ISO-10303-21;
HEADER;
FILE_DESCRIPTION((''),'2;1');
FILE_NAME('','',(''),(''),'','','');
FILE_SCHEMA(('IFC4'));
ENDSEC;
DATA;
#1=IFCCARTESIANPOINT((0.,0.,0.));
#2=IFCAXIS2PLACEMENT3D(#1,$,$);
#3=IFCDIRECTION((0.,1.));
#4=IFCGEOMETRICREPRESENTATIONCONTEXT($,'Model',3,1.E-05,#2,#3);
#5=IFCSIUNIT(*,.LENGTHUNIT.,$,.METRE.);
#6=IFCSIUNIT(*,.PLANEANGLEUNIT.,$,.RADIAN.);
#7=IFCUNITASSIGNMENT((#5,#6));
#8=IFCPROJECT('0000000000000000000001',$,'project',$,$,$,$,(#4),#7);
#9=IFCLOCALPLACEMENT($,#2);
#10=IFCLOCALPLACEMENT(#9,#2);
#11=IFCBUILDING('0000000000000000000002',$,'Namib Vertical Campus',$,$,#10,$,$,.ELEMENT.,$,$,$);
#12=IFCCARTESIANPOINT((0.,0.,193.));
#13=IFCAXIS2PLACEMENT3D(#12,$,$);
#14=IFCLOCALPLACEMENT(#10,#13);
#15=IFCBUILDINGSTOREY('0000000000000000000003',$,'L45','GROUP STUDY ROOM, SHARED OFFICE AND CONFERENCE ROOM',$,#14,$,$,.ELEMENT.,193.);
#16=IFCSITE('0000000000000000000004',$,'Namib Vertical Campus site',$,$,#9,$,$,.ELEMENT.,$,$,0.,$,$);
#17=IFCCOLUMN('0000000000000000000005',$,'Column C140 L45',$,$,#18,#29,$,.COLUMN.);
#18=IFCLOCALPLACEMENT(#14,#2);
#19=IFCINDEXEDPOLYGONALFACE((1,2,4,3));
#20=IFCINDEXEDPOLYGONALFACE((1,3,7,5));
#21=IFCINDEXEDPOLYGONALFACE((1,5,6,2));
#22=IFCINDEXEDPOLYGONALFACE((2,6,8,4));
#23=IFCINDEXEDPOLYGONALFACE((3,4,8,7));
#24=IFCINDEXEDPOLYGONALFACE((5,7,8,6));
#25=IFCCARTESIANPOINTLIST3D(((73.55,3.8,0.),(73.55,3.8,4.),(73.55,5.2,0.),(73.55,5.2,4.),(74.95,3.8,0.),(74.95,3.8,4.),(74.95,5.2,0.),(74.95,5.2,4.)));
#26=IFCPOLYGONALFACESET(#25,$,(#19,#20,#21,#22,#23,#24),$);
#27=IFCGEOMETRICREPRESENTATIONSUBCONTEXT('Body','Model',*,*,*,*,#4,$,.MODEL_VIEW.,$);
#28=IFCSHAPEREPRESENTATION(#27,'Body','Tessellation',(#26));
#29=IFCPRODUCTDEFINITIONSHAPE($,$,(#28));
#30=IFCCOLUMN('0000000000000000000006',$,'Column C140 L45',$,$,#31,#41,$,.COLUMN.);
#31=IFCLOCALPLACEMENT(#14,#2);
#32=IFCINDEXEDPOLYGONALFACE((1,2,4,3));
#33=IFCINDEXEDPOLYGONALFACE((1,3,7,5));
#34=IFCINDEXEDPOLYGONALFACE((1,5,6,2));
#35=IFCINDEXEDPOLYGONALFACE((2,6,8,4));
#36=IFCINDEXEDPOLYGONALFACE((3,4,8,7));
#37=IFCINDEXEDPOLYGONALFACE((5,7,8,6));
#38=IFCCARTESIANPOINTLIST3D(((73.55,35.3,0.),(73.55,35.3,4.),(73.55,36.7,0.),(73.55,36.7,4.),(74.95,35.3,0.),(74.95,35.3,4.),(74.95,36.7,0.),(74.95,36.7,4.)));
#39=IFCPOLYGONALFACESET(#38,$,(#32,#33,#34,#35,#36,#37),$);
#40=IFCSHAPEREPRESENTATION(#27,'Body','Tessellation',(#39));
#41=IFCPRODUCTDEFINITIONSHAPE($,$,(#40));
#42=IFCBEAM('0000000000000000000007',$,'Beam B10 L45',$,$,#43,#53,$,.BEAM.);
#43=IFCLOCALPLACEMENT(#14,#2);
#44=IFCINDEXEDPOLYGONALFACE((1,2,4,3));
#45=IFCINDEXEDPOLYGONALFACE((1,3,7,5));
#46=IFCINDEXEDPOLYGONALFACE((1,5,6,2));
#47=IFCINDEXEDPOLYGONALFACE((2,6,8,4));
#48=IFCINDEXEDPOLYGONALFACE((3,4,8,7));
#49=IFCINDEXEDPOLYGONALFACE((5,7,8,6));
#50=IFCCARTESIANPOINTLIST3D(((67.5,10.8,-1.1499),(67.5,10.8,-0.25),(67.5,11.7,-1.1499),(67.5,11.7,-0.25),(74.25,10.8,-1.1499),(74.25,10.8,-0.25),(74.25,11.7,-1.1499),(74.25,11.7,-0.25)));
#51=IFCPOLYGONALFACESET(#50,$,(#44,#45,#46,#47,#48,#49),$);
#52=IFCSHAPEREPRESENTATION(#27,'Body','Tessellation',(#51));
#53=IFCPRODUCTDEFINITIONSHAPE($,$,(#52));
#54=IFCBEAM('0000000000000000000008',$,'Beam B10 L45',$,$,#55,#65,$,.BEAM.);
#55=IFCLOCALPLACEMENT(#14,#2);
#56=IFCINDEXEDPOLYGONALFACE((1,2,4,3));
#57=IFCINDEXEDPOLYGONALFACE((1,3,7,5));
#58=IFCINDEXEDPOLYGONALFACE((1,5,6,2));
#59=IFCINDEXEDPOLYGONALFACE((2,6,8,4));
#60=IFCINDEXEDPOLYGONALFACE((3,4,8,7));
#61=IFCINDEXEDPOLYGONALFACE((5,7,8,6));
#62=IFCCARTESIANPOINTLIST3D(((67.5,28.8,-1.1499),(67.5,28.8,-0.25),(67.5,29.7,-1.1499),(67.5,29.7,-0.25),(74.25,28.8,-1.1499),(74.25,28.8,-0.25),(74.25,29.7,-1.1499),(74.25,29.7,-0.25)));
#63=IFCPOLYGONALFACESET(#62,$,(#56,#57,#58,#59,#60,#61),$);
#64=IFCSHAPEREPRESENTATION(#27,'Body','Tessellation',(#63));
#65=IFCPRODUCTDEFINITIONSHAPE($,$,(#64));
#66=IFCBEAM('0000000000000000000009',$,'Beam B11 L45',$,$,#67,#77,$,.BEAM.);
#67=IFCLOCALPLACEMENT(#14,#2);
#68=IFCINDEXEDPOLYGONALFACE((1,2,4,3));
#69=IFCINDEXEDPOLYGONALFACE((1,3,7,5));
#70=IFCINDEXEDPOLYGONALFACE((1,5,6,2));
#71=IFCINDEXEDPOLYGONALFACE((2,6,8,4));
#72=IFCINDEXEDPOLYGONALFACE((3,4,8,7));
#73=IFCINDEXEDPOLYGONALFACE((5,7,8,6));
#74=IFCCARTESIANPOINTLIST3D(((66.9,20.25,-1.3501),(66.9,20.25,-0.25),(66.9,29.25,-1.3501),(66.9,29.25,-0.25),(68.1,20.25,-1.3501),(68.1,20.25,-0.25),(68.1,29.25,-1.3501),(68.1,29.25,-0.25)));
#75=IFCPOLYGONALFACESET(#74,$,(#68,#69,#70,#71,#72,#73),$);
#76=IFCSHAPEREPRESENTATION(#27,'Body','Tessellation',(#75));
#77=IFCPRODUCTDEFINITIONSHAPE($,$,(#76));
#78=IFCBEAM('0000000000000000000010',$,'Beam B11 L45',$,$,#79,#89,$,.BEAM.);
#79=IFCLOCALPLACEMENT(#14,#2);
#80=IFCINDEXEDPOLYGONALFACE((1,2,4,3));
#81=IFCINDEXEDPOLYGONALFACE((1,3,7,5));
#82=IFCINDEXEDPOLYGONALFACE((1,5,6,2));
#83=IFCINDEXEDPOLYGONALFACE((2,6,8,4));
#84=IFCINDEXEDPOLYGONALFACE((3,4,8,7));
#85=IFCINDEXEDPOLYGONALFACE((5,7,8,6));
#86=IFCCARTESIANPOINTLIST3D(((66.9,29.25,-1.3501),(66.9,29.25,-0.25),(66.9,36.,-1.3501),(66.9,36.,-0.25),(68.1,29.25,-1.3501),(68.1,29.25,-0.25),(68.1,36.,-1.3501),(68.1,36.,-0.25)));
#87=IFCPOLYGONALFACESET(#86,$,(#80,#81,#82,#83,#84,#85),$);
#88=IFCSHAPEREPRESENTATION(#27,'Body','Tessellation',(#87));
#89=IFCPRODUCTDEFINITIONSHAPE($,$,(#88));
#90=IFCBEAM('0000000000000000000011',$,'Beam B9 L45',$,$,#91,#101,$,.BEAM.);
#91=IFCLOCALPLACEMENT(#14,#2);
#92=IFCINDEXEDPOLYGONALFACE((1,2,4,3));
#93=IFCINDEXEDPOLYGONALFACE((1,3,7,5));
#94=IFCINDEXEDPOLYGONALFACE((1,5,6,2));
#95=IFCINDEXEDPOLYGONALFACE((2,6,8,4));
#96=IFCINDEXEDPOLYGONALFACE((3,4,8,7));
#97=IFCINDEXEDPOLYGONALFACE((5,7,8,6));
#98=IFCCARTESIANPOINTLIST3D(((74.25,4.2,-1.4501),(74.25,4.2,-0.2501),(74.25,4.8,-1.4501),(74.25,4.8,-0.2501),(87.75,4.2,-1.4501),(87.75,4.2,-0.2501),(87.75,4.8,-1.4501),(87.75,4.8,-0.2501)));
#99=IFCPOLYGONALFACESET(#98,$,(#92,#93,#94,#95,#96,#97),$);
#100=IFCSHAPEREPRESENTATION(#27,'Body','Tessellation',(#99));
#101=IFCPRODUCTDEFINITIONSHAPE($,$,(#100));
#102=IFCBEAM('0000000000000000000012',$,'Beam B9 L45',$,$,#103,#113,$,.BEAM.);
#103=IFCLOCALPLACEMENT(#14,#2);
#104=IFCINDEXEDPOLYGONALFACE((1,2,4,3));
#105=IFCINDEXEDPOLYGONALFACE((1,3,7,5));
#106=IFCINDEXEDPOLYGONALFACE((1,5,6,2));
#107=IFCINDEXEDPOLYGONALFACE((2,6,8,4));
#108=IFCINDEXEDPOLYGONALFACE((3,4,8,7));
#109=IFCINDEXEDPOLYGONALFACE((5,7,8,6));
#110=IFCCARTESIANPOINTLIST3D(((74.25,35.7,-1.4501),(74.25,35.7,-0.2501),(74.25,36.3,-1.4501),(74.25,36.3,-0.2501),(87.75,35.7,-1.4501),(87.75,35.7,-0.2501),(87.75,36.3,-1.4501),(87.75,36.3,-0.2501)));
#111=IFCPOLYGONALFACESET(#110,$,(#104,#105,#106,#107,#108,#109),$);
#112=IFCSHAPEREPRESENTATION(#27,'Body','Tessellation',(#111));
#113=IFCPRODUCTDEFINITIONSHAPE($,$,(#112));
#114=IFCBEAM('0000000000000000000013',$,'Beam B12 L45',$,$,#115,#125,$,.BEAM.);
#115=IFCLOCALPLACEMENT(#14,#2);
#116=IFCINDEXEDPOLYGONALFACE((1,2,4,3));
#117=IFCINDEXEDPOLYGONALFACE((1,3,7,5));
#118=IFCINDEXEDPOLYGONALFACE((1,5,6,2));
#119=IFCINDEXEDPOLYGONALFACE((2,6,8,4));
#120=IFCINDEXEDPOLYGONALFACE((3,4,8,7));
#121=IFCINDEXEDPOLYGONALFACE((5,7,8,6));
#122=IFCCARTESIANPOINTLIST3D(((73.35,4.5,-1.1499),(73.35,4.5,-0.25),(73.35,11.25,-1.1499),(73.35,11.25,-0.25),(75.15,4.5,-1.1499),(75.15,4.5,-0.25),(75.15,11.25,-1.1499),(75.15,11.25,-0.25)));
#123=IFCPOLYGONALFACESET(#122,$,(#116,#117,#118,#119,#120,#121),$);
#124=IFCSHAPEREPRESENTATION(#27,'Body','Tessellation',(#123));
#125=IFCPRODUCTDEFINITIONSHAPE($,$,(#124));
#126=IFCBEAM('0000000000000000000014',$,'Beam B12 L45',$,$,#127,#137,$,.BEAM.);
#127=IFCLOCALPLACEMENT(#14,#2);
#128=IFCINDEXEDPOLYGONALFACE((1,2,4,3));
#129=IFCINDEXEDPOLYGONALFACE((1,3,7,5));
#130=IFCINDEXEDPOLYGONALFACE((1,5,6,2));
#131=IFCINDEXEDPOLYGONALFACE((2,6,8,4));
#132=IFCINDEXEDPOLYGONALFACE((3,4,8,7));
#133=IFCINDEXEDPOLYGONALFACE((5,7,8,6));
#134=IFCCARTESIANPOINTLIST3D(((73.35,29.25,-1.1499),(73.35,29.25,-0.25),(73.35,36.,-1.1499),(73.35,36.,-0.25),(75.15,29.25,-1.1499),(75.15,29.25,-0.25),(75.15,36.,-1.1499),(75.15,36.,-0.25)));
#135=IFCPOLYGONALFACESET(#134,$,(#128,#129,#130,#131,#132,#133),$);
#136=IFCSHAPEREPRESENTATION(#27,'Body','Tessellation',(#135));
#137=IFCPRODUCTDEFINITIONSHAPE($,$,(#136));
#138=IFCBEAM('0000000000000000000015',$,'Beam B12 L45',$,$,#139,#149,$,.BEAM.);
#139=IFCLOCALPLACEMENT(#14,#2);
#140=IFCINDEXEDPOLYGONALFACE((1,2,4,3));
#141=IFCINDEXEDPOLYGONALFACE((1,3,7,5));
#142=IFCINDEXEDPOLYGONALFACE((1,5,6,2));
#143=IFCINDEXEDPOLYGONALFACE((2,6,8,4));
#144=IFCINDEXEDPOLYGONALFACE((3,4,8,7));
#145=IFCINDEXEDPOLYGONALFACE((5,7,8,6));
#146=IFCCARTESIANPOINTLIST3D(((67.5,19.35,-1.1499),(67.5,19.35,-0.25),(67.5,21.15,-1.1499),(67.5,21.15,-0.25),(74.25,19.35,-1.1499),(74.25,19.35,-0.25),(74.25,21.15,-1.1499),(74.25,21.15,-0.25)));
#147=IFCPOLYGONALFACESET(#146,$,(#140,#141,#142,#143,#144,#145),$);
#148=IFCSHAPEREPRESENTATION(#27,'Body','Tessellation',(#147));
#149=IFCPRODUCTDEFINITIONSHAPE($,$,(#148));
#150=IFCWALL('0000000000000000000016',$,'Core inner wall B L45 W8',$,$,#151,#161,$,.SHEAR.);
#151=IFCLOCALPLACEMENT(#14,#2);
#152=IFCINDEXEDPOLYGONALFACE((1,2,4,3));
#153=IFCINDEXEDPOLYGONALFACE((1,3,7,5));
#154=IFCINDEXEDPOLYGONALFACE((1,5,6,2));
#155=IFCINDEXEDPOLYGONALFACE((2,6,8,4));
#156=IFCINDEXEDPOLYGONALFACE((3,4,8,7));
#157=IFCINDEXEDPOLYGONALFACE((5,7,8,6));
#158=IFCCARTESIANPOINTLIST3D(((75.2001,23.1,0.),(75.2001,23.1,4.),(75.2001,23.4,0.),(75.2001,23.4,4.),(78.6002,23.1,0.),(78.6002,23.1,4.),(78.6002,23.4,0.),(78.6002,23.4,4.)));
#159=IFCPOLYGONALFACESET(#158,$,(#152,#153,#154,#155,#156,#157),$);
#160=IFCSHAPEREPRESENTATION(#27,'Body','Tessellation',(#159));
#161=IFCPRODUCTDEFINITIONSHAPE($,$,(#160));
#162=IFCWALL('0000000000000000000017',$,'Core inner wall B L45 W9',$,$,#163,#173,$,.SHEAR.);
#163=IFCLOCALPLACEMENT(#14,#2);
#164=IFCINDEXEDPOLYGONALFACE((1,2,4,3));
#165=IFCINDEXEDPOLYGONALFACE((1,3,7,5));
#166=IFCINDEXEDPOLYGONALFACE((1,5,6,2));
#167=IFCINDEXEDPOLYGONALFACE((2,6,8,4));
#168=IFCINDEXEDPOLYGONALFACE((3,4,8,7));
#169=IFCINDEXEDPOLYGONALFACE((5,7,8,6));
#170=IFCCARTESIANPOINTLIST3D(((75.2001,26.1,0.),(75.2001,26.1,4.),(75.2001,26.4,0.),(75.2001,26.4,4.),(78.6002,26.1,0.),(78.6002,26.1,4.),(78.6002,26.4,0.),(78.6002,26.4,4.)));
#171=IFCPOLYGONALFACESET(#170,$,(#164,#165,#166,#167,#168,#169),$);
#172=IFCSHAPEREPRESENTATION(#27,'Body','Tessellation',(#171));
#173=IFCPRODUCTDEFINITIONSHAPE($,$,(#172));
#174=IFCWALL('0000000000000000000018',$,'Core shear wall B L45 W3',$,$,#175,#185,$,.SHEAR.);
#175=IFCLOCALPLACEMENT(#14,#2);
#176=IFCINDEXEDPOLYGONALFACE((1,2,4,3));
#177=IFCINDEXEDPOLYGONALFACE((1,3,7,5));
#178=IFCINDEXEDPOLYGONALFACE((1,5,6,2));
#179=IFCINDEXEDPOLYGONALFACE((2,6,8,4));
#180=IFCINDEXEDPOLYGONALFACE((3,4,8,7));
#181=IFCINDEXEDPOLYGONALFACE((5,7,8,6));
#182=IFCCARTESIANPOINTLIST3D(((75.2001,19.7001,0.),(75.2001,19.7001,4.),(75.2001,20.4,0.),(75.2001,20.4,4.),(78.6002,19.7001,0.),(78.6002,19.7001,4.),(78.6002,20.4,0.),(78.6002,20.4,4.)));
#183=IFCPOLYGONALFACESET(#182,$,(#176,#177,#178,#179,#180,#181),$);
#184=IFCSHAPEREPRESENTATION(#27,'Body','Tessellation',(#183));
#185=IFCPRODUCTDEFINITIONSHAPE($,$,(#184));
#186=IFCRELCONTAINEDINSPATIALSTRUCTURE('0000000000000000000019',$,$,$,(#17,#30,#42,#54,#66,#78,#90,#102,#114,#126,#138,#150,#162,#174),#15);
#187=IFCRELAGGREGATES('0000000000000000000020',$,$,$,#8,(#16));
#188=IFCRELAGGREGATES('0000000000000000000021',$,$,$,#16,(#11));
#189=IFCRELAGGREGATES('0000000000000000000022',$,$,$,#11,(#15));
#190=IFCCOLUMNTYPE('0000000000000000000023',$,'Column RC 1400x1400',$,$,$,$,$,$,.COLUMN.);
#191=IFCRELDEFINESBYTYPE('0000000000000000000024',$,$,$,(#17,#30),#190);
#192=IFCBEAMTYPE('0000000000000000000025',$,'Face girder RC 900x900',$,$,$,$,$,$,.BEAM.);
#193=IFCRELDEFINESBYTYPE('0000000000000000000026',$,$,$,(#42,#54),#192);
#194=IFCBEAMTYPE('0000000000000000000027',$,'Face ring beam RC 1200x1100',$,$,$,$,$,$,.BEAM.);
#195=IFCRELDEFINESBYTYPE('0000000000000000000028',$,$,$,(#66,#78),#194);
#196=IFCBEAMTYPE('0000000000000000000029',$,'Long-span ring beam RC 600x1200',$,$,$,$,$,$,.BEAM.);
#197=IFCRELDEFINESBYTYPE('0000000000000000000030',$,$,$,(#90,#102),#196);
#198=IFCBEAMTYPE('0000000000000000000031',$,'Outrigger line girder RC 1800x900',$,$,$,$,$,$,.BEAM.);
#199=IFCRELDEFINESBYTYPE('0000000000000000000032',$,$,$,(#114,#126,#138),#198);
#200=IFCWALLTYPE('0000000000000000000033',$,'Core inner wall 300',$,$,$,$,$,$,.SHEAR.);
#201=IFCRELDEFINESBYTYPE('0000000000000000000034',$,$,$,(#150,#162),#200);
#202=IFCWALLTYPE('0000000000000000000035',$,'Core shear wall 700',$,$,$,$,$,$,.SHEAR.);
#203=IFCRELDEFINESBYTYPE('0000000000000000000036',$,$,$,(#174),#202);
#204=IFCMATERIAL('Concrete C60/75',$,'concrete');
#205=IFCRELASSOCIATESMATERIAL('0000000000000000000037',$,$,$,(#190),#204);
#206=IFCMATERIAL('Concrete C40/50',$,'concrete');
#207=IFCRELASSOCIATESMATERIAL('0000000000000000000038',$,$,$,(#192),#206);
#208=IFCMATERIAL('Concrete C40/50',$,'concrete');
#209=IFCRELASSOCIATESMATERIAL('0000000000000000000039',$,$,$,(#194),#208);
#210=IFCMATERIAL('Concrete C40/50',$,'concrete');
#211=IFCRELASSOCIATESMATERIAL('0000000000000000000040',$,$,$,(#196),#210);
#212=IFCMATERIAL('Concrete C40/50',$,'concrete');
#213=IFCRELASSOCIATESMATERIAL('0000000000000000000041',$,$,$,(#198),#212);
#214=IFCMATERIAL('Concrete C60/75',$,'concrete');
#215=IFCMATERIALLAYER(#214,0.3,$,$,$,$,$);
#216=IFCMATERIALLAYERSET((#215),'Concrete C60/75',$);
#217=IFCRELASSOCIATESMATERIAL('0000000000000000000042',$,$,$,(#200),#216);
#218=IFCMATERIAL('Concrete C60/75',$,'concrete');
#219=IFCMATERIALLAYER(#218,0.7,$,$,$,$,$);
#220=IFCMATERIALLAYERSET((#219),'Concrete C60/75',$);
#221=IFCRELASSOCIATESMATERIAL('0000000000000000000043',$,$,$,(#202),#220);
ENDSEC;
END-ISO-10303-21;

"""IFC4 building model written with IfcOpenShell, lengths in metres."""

from ifc_helpers import new_model, si_unit, direction, frame, frame_2d, origin, origin_2d, place, context, subcontext, project, spatial, rectangle, extrude, material, layer, layer_set, material_profile, profile_set, type_object, element, save


model = new_model("IFC4")

# Units and contexts
model_context = context("Model", 3, precision=1e-05, world=origin(), true_north=direction((0.0, 1.0)))
body_context = subcontext(model_context, "Body", "Model", "MODEL_VIEW")
ifc_project = project(units=[si_unit("LENGTHUNIT", "METRE"), si_unit("PLANEANGLEUNIT", "RADIAN")], contexts=[model_context])

# Site, building, storey
site_placement = place(None, origin())
site = spatial("IfcSite", under=ifc_project, at=site_placement, Name="Namib Vertical Campus site", CompositionType="ELEMENT", RefElevation=0.0)
building_placement = place(site_placement, origin())
building = spatial("IfcBuilding", under=site, at=building_placement, Name="Namib Vertical Campus", CompositionType="ELEMENT")
storey_placement = place(building_placement, frame((0.0, 0.0, 193.0)))
storey = spatial("IfcBuildingStorey", under=building, at=storey_placement, Name="L45", Description="GROUP STUDY ROOM, SHARED OFFICE AND CONFERENCE ROOM", CompositionType="ELEMENT", Elevation=193.0)

# Columns
ifc_material_1 = material(Name="Concrete C60/75", Category="concrete")
ifc_material_profile_1 = material_profile(ifc_material_1, rectangle(XDim=1.3999, YDim=1.3999, at=origin_2d()))
ifc_profile_set_1 = profile_set([ifc_material_profile_1], Name="Concrete C60/75")
column_type = type_object("IfcColumnType", Name="Column RC 1400x1400", PredefinedType="COLUMN", material=ifc_profile_set_1)
for number, where, z_axis, x_axis, name in (
    (1, (74.25, 4.5, 0.0), (0.0, 0.0, 1.0), (1.0, 0.0, 0.0), "Column C140 L45"),
    (2, (74.25, 36.0, 0.0), (0.0, 0.0, 1.0), (1.0, 0.0, 0.0), "Column C140 L45"),
):
    element("IfcColumn", number, at=place(storey_placement, frame(where, z_axis=z_axis, x_axis=x_axis)), inside=storey, type_object=column_type, Name=name, PredefinedType="COLUMN", context=body_context, shape_type="SweptSolid", body=[
        extrude(rectangle(XDim=1.3999, YDim=1.3999, at=origin_2d()), origin(), (0.0, 0.0, 1.0), 4.0),
    ])

# Beams
ifc_material_2 = material(Name="Concrete C40/50", Category="concrete")
ifc_material_profile_2 = material_profile(ifc_material_2, rectangle(XDim=0.8999, YDim=0.8999, at=origin_2d()))
ifc_profile_set_2 = profile_set([ifc_material_profile_2], Name="Concrete C40/50")
beam_type_1 = type_object("IfcBeamType", Name="Face girder RC 900x900", PredefinedType="BEAM", material=ifc_profile_set_2)
for number, where, z_axis, x_axis, name in (
    (3, (67.5, 11.25, -0.7), (1.0, 0.0, 0.0), (0.0, 1.0, 0.0), "Beam B10 L45"),
    (4, (67.5, 29.25, -0.7), (1.0, 0.0, 0.0), (0.0, 1.0, 0.0), "Beam B10 L45"),
):
    element("IfcBeam", number, at=place(storey_placement, frame(where, z_axis=z_axis, x_axis=x_axis)), inside=storey, type_object=beam_type_1, Name=name, PredefinedType="BEAM", context=body_context, shape_type="SweptSolid", body=[
        extrude(rectangle(XDim=0.8999, YDim=0.8999, at=origin_2d()), origin(), (0.0, 0.0, 1.0), 6.75),
    ])
ifc_material_3 = material(Name="Concrete C40/50", Category="concrete")
ifc_material_profile_3 = material_profile(ifc_material_3, rectangle(XDim=1.2, YDim=1.1001, at=origin_2d()))
ifc_profile_set_3 = profile_set([ifc_material_profile_3], Name="Concrete C40/50")
beam_type_2 = type_object("IfcBeamType", Name="Face ring beam RC 1200x1100", PredefinedType="BEAM", material=ifc_profile_set_3)
beam_1_placement = place(storey_placement, frame((67.5, 20.25, -0.8), z_axis=(0.0, 1.0, 0.0), x_axis=(-1.0, 0.0, 0.0)))
element("IfcBeam", 5, at=beam_1_placement, inside=storey, type_object=beam_type_2, Name="Beam B11 L45", PredefinedType="BEAM", context=body_context, shape_type="SweptSolid", body=[
    extrude(rectangle(XDim=1.2, YDim=1.1001, at=origin_2d()), origin(), (0.0, 0.0, 1.0), 9.0),
])
beam_2_placement = place(storey_placement, frame((67.5, 29.25, -0.8), z_axis=(0.0, 1.0, 0.0), x_axis=(-1.0, 0.0, 0.0)))
element("IfcBeam", 6, at=beam_2_placement, inside=storey, type_object=beam_type_2, Name="Beam B11 L45", PredefinedType="BEAM", context=body_context, shape_type="SweptSolid", body=[
    extrude(rectangle(XDim=1.2, YDim=1.1001, at=origin_2d()), origin(), (0.0, 0.0, 1.0), 6.75),
])
ifc_material_4 = material(Name="Concrete C40/50", Category="concrete")
ifc_material_profile_4 = material_profile(ifc_material_4, rectangle(XDim=0.6001, YDim=1.2, at=origin_2d()))
ifc_profile_set_4 = profile_set([ifc_material_profile_4], Name="Concrete C40/50")
beam_type_3 = type_object("IfcBeamType", Name="Long-span ring beam RC 600x1200", PredefinedType="BEAM", material=ifc_profile_set_4)
for number, where, z_axis, x_axis, name in (
    (7, (74.25, 4.5, -0.8501), (1.0, 0.0, 0.0), (0.0, 1.0, 0.0), "Beam B9 L45"),
    (8, (74.25, 36.0, -0.8501), (1.0, 0.0, 0.0), (0.0, 1.0, 0.0), "Beam B9 L45"),
):
    element("IfcBeam", number, at=place(storey_placement, frame(where, z_axis=z_axis, x_axis=x_axis)), inside=storey, type_object=beam_type_3, Name=name, PredefinedType="BEAM", context=body_context, shape_type="SweptSolid", body=[
        extrude(rectangle(XDim=0.6001, YDim=1.2, at=origin_2d()), origin(), (0.0, 0.0, 1.0), 13.5),
    ])
ifc_material_5 = material(Name="Concrete C40/50", Category="concrete")
ifc_material_profile_5 = material_profile(ifc_material_5, rectangle(XDim=1.8, YDim=0.8999, at=origin_2d()))
ifc_profile_set_5 = profile_set([ifc_material_profile_5], Name="Concrete C40/50")
beam_type_4 = type_object("IfcBeamType", Name="Outrigger line girder RC 1800x900", PredefinedType="BEAM", material=ifc_profile_set_5)
for number, where, z_axis, x_axis, name in (
    (9, (74.25, 4.5, -0.7), (0.0, 1.0, 0.0), (-1.0, 0.0, 0.0), "Beam B12 L45"),
    (10, (74.25, 36.0, -0.7), (0.0, -1.0, 0.0), (1.0, 0.0, 0.0), "Beam B12 L45"),
    (11, (67.5, 20.25, -0.7), (1.0, 0.0, 0.0), (0.0, 1.0, 0.0), "Beam B12 L45"),
):
    element("IfcBeam", number, at=place(storey_placement, frame(where, z_axis=z_axis, x_axis=x_axis)), inside=storey, type_object=beam_type_4, Name=name, PredefinedType="BEAM", context=body_context, shape_type="SweptSolid", body=[
        extrude(rectangle(XDim=1.8, YDim=0.8999, at=origin_2d()), origin(), (0.0, 0.0, 1.0), 6.75),
    ])

# Walls
ifc_material_6 = material(Name="Concrete C60/75", Category="concrete")
ifc_layer_1 = layer(ifc_material_6, 0.3)
ifc_layer_set_1 = layer_set([ifc_layer_1], Name="Concrete C60/75")
wall_type_1 = type_object("IfcWallType", Name="Core inner wall 300", PredefinedType="SHEAR", material=ifc_layer_set_1)
for number, where, z_axis, x_axis, name in (
    (12, (75.2, 23.25, 0.0), (0.0, 0.0, 1.0), (1.0, 0.0, 0.0), "Core inner wall B L45 W8"),
    (13, (75.2, 26.25, 0.0), (0.0, 0.0, 1.0), (1.0, 0.0, 0.0), "Core inner wall B L45 W9"),
):
    element("IfcWall", number, at=place(storey_placement, frame(where, z_axis=z_axis, x_axis=x_axis)), inside=storey, type_object=wall_type_1, Name=name, PredefinedType="SHEAR", context=body_context, shape_type="SweptSolid", body=[
        extrude(rectangle(XDim=3.4001, YDim=0.3, at=frame_2d((1.7002, 0.0))), origin(), (0.0, 0.0, 1.0), 4.0),
    ])
ifc_material_7 = material(Name="Concrete C60/75", Category="concrete")
ifc_layer_2 = layer(ifc_material_7, 0.7)
ifc_layer_set_2 = layer_set([ifc_layer_2], Name="Concrete C60/75")
wall_type_2 = type_object("IfcWallType", Name="Core shear wall 700", PredefinedType="SHEAR", material=ifc_layer_set_2)
wall_1_placement = place(storey_placement, frame((75.2, 20.05, 0.0), z_axis=(0.0, 0.0, 1.0), x_axis=(1.0, 0.0, 0.0)))
element("IfcWall", 14, at=wall_1_placement, inside=storey, type_object=wall_type_2, Name="Core shear wall B L45 W3", PredefinedType="SHEAR", context=body_context, shape_type="SweptSolid", body=[
    extrude(rectangle(XDim=3.4001, YDim=0.7, at=frame_2d((1.7002, 0.0))), origin(), (0.0, 0.0, 1.0), 4.0),
])

save(model, "model.ifc")
